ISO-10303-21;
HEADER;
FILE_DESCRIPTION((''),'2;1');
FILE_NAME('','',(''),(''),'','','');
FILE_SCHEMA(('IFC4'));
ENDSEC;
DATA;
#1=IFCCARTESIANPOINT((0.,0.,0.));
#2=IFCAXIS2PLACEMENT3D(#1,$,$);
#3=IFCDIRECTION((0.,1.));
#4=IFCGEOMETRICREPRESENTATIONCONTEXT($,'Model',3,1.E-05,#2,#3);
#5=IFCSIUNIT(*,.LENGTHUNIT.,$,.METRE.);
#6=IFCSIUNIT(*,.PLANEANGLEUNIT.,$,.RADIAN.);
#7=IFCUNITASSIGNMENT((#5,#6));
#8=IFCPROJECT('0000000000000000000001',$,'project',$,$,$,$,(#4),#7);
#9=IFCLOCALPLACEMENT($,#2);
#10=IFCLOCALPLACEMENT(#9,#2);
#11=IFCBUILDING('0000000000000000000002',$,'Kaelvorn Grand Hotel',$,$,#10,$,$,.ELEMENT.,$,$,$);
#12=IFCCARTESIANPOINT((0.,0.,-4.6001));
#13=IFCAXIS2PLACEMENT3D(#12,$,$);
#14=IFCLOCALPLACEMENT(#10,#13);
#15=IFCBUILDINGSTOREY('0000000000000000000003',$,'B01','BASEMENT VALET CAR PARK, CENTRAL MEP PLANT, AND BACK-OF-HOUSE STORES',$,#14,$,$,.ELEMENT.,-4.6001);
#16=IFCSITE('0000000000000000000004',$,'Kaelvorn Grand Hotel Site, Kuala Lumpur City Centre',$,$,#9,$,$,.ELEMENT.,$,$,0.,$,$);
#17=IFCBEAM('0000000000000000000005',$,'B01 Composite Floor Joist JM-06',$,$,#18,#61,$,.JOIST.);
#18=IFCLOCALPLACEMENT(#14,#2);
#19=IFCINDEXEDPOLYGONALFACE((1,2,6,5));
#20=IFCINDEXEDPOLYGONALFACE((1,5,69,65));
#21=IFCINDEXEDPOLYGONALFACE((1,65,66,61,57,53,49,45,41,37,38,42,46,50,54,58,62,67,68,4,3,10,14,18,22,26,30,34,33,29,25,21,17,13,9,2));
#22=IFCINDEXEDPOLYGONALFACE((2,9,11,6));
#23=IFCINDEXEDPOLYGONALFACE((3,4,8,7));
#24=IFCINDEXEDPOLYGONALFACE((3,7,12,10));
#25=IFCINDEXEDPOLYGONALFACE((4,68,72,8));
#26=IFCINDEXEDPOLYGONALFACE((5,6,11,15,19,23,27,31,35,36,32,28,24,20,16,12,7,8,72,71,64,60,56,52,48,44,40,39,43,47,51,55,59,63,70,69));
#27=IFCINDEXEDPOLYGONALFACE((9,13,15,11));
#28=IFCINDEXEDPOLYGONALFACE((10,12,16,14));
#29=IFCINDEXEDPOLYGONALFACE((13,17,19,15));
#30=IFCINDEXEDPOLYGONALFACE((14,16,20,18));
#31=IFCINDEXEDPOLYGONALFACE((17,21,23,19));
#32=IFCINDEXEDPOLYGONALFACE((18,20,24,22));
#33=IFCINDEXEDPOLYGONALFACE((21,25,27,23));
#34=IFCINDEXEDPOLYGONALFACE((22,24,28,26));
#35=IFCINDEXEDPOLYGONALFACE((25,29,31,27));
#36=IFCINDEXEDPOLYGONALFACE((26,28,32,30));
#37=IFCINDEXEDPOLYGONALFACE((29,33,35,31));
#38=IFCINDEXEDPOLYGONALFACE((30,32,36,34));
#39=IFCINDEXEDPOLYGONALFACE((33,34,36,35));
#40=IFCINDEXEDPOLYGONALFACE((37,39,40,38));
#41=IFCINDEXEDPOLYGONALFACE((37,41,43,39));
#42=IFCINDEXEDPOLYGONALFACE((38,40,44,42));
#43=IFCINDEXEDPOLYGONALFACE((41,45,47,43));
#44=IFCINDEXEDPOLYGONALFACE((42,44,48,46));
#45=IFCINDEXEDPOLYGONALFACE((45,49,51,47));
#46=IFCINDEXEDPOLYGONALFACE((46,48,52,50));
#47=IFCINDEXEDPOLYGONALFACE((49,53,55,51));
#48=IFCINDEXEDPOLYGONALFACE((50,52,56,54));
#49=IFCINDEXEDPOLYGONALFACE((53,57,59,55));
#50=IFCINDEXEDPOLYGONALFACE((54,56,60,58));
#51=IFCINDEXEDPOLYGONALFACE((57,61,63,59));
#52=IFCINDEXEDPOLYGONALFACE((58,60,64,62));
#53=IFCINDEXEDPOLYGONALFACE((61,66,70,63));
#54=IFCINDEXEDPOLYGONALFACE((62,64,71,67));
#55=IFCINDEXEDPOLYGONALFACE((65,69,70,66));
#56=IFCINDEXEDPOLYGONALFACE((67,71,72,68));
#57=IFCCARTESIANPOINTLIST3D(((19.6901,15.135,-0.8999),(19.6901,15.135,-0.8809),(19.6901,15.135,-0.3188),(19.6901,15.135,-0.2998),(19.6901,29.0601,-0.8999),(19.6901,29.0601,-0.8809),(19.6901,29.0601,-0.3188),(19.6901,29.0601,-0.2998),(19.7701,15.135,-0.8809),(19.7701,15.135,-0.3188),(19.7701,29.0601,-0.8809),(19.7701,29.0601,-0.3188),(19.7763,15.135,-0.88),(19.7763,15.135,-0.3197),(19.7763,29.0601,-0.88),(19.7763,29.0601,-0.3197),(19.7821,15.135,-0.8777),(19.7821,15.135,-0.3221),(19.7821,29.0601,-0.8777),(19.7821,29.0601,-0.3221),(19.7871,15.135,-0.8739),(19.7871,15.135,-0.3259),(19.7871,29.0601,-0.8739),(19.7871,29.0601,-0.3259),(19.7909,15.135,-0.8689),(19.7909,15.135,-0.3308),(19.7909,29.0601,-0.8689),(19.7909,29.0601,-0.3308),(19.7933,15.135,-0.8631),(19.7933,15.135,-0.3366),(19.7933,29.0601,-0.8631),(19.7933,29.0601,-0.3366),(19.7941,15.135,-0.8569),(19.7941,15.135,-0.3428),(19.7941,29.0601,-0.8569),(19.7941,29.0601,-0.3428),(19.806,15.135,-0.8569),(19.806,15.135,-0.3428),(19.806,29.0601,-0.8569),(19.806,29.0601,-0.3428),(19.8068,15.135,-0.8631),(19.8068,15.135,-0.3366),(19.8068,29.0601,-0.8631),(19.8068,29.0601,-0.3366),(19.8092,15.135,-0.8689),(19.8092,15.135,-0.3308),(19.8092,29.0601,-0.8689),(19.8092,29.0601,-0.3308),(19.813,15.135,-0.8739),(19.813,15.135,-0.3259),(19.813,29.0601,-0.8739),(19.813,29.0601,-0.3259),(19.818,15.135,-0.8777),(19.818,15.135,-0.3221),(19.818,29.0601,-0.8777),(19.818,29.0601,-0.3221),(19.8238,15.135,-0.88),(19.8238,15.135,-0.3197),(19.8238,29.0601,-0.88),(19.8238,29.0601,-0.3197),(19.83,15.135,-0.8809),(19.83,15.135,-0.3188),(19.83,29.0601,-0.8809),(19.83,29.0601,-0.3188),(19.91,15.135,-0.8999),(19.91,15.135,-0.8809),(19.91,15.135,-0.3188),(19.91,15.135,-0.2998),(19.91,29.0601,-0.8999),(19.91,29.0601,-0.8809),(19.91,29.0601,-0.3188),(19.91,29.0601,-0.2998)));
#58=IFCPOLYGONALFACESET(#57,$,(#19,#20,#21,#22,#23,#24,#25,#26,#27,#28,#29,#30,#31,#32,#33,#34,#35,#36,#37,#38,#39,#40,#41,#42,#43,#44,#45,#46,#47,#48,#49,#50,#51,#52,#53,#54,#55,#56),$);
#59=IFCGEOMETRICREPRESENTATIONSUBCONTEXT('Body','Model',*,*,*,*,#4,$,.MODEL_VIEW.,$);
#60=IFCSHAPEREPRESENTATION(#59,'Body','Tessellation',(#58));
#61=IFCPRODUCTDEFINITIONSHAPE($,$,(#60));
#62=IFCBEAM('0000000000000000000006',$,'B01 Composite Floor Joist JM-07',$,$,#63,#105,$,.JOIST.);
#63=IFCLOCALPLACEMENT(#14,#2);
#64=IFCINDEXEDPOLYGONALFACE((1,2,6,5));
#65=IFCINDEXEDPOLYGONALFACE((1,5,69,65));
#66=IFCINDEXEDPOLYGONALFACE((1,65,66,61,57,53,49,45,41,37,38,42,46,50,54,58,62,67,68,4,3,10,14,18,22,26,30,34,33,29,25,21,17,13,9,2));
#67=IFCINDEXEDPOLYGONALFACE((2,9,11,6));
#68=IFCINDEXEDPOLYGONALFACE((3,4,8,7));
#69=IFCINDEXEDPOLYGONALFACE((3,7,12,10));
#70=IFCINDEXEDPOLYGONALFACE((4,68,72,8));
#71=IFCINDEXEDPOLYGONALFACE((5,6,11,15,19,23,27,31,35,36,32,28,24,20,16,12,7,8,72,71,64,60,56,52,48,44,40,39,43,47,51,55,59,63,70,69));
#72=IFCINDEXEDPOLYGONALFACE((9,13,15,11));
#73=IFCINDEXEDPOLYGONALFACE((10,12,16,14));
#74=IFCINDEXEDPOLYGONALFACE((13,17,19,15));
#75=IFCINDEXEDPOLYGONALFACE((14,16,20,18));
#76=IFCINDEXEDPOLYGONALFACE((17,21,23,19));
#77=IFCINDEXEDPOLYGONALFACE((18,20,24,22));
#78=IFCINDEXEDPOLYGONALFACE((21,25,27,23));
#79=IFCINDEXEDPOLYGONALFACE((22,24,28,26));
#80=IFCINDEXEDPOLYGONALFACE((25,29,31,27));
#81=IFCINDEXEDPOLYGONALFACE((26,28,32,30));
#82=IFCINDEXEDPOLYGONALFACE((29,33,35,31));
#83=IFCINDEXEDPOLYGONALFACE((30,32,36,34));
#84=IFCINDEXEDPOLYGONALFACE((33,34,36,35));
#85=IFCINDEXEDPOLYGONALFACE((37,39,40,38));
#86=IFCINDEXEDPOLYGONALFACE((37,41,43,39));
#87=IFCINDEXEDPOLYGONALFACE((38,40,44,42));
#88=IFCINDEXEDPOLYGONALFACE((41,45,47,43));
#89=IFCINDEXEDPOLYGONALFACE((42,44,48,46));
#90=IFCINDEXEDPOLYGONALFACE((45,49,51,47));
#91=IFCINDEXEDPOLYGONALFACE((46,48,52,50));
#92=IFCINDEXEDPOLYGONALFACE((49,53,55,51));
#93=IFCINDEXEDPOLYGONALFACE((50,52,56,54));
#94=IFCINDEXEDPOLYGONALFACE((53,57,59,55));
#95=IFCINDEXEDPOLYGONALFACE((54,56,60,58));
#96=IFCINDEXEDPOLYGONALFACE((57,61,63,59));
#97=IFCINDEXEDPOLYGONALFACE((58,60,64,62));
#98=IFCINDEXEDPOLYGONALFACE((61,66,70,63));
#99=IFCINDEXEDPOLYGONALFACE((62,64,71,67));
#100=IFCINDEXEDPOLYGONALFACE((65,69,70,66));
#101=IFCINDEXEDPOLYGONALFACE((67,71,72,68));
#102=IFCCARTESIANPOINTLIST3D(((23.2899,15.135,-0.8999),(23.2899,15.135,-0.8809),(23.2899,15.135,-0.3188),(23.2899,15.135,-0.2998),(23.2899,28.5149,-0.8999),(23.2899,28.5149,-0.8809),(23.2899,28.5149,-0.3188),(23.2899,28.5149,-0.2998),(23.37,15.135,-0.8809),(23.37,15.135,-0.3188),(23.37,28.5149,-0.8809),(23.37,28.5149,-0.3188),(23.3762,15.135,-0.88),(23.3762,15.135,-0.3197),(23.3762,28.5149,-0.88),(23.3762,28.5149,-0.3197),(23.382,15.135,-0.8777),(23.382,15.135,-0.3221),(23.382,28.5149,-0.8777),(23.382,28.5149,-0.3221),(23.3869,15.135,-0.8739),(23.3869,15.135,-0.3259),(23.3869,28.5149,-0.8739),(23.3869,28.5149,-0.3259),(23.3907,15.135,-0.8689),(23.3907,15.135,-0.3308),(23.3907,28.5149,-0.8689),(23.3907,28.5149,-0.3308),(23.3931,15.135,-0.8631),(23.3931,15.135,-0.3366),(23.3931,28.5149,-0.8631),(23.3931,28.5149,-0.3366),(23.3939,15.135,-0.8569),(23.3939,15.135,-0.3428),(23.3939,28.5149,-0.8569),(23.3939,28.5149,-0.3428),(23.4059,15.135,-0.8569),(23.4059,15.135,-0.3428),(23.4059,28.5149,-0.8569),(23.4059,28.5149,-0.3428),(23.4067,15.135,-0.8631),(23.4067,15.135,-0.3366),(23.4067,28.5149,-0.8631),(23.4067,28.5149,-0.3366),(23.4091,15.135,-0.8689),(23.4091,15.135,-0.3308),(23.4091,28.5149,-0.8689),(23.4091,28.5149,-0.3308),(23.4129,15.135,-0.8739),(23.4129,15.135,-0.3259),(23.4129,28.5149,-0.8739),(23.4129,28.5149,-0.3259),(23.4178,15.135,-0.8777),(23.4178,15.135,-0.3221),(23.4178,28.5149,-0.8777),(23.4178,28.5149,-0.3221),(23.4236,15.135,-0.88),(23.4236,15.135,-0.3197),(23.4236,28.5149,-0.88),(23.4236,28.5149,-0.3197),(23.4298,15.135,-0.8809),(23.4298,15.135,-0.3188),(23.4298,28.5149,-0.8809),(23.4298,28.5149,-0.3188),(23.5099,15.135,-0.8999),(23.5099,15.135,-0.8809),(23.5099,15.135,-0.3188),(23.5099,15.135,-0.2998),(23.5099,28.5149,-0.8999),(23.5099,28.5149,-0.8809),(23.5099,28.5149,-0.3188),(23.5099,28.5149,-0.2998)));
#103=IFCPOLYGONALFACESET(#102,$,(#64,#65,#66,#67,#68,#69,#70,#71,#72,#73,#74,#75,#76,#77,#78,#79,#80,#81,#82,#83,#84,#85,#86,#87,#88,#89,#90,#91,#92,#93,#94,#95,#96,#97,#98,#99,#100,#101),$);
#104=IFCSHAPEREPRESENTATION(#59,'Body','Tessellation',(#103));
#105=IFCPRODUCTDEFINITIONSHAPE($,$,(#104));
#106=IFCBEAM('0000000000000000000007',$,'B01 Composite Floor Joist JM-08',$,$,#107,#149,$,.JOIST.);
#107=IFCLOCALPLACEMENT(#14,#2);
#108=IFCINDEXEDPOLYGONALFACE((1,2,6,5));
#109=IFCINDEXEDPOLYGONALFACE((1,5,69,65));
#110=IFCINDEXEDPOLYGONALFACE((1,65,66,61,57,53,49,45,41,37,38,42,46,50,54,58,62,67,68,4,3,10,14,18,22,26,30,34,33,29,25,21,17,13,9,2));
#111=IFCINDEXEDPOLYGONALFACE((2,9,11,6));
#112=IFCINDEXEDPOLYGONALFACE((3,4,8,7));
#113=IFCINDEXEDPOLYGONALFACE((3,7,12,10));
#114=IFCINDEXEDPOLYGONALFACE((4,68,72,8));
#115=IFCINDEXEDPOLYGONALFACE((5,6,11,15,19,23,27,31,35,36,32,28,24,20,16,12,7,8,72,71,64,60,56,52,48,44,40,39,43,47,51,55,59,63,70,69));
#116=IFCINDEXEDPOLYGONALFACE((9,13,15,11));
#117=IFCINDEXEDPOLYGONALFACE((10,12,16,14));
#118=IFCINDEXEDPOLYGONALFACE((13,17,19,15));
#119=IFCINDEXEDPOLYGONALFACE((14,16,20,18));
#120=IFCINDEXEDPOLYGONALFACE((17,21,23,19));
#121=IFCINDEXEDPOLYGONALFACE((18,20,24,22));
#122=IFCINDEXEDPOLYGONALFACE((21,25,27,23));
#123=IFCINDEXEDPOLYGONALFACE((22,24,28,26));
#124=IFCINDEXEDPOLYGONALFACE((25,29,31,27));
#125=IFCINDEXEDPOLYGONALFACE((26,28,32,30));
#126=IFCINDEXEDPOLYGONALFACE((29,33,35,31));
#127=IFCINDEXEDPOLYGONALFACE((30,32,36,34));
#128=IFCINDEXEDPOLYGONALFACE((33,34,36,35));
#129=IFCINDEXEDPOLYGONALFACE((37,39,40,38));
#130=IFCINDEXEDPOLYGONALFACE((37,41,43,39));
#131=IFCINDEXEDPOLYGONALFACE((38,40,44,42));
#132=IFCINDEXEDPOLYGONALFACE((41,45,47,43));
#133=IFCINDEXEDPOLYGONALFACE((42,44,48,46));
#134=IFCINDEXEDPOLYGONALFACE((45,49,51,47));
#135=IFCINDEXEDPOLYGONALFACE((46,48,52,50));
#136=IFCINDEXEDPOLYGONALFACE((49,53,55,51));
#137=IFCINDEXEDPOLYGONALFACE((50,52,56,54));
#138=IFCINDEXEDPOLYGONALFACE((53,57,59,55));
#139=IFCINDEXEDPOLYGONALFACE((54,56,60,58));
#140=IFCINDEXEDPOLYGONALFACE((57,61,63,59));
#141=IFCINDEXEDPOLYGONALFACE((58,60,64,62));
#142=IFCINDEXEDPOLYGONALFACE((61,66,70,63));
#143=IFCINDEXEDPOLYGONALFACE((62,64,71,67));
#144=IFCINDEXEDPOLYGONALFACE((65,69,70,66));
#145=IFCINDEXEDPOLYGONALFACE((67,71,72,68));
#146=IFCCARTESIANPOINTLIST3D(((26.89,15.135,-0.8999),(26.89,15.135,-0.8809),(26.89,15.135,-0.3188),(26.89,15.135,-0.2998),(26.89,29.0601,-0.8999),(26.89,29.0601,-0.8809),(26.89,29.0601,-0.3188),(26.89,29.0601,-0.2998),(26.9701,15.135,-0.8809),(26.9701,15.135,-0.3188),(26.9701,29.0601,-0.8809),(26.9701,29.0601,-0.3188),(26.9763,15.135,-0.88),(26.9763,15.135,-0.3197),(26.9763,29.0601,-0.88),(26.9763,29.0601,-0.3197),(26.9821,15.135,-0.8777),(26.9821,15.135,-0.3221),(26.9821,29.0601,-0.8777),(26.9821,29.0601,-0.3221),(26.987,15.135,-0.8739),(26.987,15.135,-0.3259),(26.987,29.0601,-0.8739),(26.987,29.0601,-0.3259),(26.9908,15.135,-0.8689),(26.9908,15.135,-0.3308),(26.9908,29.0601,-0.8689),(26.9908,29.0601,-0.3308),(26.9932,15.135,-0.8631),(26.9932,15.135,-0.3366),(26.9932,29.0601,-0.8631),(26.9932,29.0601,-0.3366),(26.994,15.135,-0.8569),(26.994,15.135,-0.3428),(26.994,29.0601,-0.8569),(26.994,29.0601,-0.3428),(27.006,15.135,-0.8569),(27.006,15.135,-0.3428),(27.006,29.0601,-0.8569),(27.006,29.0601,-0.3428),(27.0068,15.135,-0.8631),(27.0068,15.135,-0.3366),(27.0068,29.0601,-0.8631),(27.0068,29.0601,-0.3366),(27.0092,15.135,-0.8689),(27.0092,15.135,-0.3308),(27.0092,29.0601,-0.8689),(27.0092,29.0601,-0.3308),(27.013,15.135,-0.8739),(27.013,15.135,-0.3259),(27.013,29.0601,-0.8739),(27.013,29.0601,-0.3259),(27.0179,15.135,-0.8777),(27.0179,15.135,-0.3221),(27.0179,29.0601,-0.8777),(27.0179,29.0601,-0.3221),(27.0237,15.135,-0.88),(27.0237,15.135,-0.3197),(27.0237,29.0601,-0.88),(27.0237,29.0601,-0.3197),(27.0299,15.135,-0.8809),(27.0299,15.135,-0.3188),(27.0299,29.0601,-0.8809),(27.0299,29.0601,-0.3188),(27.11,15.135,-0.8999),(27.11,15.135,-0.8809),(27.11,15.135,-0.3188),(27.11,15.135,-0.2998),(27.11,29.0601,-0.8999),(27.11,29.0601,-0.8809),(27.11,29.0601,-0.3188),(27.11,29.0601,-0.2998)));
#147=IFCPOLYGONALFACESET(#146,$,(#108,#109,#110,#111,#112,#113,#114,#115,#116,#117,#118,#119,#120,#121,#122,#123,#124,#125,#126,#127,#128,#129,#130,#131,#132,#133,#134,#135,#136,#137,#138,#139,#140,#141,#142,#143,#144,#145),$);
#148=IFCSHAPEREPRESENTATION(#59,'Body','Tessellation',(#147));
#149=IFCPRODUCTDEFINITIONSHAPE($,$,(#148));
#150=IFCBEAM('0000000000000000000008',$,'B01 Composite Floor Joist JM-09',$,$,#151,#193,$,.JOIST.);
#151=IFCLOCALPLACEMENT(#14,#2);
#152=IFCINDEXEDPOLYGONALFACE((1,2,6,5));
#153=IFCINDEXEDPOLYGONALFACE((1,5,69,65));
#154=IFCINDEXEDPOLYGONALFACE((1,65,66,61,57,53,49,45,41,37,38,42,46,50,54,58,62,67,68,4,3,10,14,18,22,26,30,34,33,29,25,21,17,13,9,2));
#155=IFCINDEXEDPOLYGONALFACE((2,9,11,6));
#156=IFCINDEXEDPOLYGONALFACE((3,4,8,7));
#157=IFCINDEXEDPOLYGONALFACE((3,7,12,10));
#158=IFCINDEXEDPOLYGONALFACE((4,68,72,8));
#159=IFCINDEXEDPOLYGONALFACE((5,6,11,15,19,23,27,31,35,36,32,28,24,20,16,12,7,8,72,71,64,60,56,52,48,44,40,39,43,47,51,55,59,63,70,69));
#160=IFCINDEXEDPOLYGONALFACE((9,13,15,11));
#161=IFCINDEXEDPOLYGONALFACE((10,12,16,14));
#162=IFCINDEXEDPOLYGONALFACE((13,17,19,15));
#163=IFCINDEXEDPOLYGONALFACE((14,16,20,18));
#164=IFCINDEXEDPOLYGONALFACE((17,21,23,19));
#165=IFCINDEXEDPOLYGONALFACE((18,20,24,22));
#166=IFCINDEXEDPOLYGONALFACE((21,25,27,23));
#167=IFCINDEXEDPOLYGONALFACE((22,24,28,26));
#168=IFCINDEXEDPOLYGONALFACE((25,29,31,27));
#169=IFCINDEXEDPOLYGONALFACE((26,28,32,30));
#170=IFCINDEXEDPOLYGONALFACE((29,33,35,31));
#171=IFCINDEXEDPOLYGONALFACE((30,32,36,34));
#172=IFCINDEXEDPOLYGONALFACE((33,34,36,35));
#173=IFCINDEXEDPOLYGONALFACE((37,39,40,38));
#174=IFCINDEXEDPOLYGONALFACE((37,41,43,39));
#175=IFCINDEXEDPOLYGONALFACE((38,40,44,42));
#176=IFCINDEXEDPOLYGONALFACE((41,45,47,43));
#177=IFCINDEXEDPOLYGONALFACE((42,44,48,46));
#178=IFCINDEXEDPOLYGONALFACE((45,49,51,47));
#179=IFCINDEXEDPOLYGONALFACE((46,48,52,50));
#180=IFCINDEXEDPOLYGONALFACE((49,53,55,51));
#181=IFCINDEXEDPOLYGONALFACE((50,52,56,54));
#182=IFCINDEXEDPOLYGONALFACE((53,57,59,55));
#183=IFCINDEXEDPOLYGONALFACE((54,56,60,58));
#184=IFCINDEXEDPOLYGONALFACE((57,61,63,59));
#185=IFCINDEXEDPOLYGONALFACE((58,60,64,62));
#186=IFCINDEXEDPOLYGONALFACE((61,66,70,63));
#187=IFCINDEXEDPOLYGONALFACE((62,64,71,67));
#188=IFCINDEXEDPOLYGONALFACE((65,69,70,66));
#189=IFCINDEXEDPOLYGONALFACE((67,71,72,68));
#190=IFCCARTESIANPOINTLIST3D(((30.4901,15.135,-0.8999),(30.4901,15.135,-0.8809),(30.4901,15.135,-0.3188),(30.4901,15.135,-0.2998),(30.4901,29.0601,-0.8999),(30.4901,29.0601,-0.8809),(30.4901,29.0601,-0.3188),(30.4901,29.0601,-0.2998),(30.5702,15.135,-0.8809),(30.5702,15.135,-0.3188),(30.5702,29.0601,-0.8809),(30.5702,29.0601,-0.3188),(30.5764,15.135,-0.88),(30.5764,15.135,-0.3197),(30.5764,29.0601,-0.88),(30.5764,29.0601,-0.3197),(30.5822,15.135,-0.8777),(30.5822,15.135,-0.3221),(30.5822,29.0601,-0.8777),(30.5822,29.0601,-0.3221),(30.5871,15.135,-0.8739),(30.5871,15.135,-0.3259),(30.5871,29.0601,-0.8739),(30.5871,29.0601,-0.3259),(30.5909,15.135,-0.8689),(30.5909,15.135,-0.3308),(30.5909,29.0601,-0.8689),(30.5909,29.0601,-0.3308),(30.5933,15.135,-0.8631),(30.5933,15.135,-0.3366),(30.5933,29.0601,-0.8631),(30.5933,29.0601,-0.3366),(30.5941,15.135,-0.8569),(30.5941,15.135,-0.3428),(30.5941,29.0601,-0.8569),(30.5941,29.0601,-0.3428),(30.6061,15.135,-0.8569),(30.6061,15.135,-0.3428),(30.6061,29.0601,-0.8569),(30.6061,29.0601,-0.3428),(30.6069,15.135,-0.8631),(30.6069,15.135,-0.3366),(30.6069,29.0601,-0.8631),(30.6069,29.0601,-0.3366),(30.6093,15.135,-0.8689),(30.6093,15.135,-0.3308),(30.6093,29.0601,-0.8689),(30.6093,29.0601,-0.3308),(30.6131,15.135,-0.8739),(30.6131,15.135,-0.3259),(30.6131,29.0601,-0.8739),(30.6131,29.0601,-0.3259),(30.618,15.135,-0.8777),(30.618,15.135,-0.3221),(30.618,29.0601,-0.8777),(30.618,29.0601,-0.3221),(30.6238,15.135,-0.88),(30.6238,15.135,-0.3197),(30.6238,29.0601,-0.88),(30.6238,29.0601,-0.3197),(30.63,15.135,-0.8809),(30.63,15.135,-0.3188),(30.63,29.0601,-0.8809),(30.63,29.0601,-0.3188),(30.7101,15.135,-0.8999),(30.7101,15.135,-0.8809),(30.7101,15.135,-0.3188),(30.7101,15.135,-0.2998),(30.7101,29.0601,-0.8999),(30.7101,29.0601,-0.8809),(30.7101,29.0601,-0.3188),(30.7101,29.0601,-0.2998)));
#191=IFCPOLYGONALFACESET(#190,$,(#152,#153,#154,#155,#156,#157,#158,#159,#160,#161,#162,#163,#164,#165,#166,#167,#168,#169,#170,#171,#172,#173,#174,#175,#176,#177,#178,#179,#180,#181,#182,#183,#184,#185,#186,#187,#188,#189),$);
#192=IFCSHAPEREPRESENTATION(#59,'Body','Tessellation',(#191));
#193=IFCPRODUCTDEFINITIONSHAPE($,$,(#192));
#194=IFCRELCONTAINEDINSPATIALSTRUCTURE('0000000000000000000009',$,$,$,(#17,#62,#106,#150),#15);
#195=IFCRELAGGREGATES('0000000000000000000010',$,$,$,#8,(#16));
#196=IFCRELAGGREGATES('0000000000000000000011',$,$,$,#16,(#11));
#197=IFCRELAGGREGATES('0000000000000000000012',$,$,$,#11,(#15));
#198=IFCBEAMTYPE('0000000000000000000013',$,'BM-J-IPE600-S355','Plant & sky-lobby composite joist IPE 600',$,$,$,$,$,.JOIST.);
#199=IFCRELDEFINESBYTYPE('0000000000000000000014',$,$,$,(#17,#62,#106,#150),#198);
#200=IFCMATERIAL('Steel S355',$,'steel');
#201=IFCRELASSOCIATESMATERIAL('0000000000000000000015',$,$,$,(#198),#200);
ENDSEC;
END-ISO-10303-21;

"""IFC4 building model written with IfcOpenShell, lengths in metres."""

from ifc_helpers import new_model, si_unit, direction, frame, origin, origin_2d, place, context, subcontext, project, spatial, i_section, extrude, material, material_profile, profile_set, type_object, element, save


model = new_model("IFC4")

# Units and contexts
model_context = context("Model", 3, precision=1e-05, world=origin(), true_north=direction((0.0, 1.0)))
body_context = subcontext(model_context, "Body", "Model", "MODEL_VIEW")
ifc_project = project(units=[si_unit("LENGTHUNIT", "METRE"), si_unit("PLANEANGLEUNIT", "RADIAN")], contexts=[model_context])

# Site, building, storey
site_placement = place(None, origin())
site = spatial("IfcSite", under=ifc_project, at=site_placement, Name="Kaelvorn Grand Hotel Site, Kuala Lumpur City Centre", CompositionType="ELEMENT", RefElevation=0.0)
building_placement = place(site_placement, origin())
building = spatial("IfcBuilding", under=site, at=building_placement, Name="Kaelvorn Grand Hotel", CompositionType="ELEMENT")
storey_placement = place(building_placement, frame((0.0, 0.0, -4.6001)))
storey = spatial("IfcBuildingStorey", under=building, at=storey_placement, Name="B01", Description="BASEMENT VALET CAR PARK, CENTRAL MEP PLANT, AND BACK-OF-HOUSE STORES", CompositionType="ELEMENT", Elevation=-4.6001)

# Beams
ifc_material_1 = material(Name="Steel S355", Category="steel")
ifc_material_profile_1 = material_profile(ifc_material_1, i_section(OverallWidth=0.22, OverallDepth=0.6001, WebThickness=0.012, FlangeThickness=0.019, FilletRadius=0.0239, at=origin_2d()), Name="IPE 600")
ifc_profile_set_1 = profile_set([ifc_material_profile_1], Name="Steel S355")
beam_type_1 = type_object("IfcBeamType", Name="BM-J-IPE600-S355", Description="Plant & sky-lobby composite joist IPE 600", PredefinedType="JOIST", material=ifc_profile_set_1)
beam_1_placement = place(storey_placement, frame((19.8, 15.135, -0.5999), z_axis=(0.0, 1.0, 0.0), x_axis=(-1.0, 0.0, 0.0)))
element("IfcBeam", 1, at=beam_1_placement, inside=storey, type_object=beam_type_1, Name="B01 Composite Floor Joist JM-06", PredefinedType="JOIST", context=body_context, shape_type="SweptSolid", body=[
    extrude(i_section(OverallWidth=0.22, OverallDepth=0.6001, WebThickness=0.012, FlangeThickness=0.019, FilletRadius=0.0239, at=origin_2d()), origin(), (0.0, 0.0, 1.0), 13.925),
])
beam_2_placement = place(storey_placement, frame((23.3999, 15.135, -0.5999), z_axis=(0.0, 1.0, 0.0), x_axis=(-1.0, 0.0, 0.0)))
element("IfcBeam", 2, at=beam_2_placement, inside=storey, type_object=beam_type_1, Name="B01 Composite Floor Joist JM-07", PredefinedType="JOIST", context=body_context, shape_type="SweptSolid", body=[
    extrude(i_section(OverallWidth=0.22, OverallDepth=0.6001, WebThickness=0.012, FlangeThickness=0.019, FilletRadius=0.0239, at=origin_2d()), origin(), (0.0, 0.0, 1.0), 13.3799),
])
for number, where, z_axis, x_axis, name in (
    (3, (27.0, 15.135, -0.5999), (0.0, 1.0, 0.0), (-1.0, 0.0, 0.0), "B01 Composite Floor Joist JM-08"),
    (4, (30.6001, 15.135, -0.5999), (0.0, 1.0, 0.0), (-1.0, 0.0, 0.0), "B01 Composite Floor Joist JM-09"),
):
    element("IfcBeam", number, at=place(storey_placement, frame(where, z_axis=z_axis, x_axis=x_axis)), inside=storey, type_object=beam_type_1, Name=name, PredefinedType="JOIST", context=body_context, shape_type="SweptSolid", body=[
        extrude(i_section(OverallWidth=0.22, OverallDepth=0.6001, WebThickness=0.012, FlangeThickness=0.019, FilletRadius=0.0239, at=origin_2d()), origin(), (0.0, 0.0, 1.0), 13.925),
    ])

save(model, "model.ifc")
